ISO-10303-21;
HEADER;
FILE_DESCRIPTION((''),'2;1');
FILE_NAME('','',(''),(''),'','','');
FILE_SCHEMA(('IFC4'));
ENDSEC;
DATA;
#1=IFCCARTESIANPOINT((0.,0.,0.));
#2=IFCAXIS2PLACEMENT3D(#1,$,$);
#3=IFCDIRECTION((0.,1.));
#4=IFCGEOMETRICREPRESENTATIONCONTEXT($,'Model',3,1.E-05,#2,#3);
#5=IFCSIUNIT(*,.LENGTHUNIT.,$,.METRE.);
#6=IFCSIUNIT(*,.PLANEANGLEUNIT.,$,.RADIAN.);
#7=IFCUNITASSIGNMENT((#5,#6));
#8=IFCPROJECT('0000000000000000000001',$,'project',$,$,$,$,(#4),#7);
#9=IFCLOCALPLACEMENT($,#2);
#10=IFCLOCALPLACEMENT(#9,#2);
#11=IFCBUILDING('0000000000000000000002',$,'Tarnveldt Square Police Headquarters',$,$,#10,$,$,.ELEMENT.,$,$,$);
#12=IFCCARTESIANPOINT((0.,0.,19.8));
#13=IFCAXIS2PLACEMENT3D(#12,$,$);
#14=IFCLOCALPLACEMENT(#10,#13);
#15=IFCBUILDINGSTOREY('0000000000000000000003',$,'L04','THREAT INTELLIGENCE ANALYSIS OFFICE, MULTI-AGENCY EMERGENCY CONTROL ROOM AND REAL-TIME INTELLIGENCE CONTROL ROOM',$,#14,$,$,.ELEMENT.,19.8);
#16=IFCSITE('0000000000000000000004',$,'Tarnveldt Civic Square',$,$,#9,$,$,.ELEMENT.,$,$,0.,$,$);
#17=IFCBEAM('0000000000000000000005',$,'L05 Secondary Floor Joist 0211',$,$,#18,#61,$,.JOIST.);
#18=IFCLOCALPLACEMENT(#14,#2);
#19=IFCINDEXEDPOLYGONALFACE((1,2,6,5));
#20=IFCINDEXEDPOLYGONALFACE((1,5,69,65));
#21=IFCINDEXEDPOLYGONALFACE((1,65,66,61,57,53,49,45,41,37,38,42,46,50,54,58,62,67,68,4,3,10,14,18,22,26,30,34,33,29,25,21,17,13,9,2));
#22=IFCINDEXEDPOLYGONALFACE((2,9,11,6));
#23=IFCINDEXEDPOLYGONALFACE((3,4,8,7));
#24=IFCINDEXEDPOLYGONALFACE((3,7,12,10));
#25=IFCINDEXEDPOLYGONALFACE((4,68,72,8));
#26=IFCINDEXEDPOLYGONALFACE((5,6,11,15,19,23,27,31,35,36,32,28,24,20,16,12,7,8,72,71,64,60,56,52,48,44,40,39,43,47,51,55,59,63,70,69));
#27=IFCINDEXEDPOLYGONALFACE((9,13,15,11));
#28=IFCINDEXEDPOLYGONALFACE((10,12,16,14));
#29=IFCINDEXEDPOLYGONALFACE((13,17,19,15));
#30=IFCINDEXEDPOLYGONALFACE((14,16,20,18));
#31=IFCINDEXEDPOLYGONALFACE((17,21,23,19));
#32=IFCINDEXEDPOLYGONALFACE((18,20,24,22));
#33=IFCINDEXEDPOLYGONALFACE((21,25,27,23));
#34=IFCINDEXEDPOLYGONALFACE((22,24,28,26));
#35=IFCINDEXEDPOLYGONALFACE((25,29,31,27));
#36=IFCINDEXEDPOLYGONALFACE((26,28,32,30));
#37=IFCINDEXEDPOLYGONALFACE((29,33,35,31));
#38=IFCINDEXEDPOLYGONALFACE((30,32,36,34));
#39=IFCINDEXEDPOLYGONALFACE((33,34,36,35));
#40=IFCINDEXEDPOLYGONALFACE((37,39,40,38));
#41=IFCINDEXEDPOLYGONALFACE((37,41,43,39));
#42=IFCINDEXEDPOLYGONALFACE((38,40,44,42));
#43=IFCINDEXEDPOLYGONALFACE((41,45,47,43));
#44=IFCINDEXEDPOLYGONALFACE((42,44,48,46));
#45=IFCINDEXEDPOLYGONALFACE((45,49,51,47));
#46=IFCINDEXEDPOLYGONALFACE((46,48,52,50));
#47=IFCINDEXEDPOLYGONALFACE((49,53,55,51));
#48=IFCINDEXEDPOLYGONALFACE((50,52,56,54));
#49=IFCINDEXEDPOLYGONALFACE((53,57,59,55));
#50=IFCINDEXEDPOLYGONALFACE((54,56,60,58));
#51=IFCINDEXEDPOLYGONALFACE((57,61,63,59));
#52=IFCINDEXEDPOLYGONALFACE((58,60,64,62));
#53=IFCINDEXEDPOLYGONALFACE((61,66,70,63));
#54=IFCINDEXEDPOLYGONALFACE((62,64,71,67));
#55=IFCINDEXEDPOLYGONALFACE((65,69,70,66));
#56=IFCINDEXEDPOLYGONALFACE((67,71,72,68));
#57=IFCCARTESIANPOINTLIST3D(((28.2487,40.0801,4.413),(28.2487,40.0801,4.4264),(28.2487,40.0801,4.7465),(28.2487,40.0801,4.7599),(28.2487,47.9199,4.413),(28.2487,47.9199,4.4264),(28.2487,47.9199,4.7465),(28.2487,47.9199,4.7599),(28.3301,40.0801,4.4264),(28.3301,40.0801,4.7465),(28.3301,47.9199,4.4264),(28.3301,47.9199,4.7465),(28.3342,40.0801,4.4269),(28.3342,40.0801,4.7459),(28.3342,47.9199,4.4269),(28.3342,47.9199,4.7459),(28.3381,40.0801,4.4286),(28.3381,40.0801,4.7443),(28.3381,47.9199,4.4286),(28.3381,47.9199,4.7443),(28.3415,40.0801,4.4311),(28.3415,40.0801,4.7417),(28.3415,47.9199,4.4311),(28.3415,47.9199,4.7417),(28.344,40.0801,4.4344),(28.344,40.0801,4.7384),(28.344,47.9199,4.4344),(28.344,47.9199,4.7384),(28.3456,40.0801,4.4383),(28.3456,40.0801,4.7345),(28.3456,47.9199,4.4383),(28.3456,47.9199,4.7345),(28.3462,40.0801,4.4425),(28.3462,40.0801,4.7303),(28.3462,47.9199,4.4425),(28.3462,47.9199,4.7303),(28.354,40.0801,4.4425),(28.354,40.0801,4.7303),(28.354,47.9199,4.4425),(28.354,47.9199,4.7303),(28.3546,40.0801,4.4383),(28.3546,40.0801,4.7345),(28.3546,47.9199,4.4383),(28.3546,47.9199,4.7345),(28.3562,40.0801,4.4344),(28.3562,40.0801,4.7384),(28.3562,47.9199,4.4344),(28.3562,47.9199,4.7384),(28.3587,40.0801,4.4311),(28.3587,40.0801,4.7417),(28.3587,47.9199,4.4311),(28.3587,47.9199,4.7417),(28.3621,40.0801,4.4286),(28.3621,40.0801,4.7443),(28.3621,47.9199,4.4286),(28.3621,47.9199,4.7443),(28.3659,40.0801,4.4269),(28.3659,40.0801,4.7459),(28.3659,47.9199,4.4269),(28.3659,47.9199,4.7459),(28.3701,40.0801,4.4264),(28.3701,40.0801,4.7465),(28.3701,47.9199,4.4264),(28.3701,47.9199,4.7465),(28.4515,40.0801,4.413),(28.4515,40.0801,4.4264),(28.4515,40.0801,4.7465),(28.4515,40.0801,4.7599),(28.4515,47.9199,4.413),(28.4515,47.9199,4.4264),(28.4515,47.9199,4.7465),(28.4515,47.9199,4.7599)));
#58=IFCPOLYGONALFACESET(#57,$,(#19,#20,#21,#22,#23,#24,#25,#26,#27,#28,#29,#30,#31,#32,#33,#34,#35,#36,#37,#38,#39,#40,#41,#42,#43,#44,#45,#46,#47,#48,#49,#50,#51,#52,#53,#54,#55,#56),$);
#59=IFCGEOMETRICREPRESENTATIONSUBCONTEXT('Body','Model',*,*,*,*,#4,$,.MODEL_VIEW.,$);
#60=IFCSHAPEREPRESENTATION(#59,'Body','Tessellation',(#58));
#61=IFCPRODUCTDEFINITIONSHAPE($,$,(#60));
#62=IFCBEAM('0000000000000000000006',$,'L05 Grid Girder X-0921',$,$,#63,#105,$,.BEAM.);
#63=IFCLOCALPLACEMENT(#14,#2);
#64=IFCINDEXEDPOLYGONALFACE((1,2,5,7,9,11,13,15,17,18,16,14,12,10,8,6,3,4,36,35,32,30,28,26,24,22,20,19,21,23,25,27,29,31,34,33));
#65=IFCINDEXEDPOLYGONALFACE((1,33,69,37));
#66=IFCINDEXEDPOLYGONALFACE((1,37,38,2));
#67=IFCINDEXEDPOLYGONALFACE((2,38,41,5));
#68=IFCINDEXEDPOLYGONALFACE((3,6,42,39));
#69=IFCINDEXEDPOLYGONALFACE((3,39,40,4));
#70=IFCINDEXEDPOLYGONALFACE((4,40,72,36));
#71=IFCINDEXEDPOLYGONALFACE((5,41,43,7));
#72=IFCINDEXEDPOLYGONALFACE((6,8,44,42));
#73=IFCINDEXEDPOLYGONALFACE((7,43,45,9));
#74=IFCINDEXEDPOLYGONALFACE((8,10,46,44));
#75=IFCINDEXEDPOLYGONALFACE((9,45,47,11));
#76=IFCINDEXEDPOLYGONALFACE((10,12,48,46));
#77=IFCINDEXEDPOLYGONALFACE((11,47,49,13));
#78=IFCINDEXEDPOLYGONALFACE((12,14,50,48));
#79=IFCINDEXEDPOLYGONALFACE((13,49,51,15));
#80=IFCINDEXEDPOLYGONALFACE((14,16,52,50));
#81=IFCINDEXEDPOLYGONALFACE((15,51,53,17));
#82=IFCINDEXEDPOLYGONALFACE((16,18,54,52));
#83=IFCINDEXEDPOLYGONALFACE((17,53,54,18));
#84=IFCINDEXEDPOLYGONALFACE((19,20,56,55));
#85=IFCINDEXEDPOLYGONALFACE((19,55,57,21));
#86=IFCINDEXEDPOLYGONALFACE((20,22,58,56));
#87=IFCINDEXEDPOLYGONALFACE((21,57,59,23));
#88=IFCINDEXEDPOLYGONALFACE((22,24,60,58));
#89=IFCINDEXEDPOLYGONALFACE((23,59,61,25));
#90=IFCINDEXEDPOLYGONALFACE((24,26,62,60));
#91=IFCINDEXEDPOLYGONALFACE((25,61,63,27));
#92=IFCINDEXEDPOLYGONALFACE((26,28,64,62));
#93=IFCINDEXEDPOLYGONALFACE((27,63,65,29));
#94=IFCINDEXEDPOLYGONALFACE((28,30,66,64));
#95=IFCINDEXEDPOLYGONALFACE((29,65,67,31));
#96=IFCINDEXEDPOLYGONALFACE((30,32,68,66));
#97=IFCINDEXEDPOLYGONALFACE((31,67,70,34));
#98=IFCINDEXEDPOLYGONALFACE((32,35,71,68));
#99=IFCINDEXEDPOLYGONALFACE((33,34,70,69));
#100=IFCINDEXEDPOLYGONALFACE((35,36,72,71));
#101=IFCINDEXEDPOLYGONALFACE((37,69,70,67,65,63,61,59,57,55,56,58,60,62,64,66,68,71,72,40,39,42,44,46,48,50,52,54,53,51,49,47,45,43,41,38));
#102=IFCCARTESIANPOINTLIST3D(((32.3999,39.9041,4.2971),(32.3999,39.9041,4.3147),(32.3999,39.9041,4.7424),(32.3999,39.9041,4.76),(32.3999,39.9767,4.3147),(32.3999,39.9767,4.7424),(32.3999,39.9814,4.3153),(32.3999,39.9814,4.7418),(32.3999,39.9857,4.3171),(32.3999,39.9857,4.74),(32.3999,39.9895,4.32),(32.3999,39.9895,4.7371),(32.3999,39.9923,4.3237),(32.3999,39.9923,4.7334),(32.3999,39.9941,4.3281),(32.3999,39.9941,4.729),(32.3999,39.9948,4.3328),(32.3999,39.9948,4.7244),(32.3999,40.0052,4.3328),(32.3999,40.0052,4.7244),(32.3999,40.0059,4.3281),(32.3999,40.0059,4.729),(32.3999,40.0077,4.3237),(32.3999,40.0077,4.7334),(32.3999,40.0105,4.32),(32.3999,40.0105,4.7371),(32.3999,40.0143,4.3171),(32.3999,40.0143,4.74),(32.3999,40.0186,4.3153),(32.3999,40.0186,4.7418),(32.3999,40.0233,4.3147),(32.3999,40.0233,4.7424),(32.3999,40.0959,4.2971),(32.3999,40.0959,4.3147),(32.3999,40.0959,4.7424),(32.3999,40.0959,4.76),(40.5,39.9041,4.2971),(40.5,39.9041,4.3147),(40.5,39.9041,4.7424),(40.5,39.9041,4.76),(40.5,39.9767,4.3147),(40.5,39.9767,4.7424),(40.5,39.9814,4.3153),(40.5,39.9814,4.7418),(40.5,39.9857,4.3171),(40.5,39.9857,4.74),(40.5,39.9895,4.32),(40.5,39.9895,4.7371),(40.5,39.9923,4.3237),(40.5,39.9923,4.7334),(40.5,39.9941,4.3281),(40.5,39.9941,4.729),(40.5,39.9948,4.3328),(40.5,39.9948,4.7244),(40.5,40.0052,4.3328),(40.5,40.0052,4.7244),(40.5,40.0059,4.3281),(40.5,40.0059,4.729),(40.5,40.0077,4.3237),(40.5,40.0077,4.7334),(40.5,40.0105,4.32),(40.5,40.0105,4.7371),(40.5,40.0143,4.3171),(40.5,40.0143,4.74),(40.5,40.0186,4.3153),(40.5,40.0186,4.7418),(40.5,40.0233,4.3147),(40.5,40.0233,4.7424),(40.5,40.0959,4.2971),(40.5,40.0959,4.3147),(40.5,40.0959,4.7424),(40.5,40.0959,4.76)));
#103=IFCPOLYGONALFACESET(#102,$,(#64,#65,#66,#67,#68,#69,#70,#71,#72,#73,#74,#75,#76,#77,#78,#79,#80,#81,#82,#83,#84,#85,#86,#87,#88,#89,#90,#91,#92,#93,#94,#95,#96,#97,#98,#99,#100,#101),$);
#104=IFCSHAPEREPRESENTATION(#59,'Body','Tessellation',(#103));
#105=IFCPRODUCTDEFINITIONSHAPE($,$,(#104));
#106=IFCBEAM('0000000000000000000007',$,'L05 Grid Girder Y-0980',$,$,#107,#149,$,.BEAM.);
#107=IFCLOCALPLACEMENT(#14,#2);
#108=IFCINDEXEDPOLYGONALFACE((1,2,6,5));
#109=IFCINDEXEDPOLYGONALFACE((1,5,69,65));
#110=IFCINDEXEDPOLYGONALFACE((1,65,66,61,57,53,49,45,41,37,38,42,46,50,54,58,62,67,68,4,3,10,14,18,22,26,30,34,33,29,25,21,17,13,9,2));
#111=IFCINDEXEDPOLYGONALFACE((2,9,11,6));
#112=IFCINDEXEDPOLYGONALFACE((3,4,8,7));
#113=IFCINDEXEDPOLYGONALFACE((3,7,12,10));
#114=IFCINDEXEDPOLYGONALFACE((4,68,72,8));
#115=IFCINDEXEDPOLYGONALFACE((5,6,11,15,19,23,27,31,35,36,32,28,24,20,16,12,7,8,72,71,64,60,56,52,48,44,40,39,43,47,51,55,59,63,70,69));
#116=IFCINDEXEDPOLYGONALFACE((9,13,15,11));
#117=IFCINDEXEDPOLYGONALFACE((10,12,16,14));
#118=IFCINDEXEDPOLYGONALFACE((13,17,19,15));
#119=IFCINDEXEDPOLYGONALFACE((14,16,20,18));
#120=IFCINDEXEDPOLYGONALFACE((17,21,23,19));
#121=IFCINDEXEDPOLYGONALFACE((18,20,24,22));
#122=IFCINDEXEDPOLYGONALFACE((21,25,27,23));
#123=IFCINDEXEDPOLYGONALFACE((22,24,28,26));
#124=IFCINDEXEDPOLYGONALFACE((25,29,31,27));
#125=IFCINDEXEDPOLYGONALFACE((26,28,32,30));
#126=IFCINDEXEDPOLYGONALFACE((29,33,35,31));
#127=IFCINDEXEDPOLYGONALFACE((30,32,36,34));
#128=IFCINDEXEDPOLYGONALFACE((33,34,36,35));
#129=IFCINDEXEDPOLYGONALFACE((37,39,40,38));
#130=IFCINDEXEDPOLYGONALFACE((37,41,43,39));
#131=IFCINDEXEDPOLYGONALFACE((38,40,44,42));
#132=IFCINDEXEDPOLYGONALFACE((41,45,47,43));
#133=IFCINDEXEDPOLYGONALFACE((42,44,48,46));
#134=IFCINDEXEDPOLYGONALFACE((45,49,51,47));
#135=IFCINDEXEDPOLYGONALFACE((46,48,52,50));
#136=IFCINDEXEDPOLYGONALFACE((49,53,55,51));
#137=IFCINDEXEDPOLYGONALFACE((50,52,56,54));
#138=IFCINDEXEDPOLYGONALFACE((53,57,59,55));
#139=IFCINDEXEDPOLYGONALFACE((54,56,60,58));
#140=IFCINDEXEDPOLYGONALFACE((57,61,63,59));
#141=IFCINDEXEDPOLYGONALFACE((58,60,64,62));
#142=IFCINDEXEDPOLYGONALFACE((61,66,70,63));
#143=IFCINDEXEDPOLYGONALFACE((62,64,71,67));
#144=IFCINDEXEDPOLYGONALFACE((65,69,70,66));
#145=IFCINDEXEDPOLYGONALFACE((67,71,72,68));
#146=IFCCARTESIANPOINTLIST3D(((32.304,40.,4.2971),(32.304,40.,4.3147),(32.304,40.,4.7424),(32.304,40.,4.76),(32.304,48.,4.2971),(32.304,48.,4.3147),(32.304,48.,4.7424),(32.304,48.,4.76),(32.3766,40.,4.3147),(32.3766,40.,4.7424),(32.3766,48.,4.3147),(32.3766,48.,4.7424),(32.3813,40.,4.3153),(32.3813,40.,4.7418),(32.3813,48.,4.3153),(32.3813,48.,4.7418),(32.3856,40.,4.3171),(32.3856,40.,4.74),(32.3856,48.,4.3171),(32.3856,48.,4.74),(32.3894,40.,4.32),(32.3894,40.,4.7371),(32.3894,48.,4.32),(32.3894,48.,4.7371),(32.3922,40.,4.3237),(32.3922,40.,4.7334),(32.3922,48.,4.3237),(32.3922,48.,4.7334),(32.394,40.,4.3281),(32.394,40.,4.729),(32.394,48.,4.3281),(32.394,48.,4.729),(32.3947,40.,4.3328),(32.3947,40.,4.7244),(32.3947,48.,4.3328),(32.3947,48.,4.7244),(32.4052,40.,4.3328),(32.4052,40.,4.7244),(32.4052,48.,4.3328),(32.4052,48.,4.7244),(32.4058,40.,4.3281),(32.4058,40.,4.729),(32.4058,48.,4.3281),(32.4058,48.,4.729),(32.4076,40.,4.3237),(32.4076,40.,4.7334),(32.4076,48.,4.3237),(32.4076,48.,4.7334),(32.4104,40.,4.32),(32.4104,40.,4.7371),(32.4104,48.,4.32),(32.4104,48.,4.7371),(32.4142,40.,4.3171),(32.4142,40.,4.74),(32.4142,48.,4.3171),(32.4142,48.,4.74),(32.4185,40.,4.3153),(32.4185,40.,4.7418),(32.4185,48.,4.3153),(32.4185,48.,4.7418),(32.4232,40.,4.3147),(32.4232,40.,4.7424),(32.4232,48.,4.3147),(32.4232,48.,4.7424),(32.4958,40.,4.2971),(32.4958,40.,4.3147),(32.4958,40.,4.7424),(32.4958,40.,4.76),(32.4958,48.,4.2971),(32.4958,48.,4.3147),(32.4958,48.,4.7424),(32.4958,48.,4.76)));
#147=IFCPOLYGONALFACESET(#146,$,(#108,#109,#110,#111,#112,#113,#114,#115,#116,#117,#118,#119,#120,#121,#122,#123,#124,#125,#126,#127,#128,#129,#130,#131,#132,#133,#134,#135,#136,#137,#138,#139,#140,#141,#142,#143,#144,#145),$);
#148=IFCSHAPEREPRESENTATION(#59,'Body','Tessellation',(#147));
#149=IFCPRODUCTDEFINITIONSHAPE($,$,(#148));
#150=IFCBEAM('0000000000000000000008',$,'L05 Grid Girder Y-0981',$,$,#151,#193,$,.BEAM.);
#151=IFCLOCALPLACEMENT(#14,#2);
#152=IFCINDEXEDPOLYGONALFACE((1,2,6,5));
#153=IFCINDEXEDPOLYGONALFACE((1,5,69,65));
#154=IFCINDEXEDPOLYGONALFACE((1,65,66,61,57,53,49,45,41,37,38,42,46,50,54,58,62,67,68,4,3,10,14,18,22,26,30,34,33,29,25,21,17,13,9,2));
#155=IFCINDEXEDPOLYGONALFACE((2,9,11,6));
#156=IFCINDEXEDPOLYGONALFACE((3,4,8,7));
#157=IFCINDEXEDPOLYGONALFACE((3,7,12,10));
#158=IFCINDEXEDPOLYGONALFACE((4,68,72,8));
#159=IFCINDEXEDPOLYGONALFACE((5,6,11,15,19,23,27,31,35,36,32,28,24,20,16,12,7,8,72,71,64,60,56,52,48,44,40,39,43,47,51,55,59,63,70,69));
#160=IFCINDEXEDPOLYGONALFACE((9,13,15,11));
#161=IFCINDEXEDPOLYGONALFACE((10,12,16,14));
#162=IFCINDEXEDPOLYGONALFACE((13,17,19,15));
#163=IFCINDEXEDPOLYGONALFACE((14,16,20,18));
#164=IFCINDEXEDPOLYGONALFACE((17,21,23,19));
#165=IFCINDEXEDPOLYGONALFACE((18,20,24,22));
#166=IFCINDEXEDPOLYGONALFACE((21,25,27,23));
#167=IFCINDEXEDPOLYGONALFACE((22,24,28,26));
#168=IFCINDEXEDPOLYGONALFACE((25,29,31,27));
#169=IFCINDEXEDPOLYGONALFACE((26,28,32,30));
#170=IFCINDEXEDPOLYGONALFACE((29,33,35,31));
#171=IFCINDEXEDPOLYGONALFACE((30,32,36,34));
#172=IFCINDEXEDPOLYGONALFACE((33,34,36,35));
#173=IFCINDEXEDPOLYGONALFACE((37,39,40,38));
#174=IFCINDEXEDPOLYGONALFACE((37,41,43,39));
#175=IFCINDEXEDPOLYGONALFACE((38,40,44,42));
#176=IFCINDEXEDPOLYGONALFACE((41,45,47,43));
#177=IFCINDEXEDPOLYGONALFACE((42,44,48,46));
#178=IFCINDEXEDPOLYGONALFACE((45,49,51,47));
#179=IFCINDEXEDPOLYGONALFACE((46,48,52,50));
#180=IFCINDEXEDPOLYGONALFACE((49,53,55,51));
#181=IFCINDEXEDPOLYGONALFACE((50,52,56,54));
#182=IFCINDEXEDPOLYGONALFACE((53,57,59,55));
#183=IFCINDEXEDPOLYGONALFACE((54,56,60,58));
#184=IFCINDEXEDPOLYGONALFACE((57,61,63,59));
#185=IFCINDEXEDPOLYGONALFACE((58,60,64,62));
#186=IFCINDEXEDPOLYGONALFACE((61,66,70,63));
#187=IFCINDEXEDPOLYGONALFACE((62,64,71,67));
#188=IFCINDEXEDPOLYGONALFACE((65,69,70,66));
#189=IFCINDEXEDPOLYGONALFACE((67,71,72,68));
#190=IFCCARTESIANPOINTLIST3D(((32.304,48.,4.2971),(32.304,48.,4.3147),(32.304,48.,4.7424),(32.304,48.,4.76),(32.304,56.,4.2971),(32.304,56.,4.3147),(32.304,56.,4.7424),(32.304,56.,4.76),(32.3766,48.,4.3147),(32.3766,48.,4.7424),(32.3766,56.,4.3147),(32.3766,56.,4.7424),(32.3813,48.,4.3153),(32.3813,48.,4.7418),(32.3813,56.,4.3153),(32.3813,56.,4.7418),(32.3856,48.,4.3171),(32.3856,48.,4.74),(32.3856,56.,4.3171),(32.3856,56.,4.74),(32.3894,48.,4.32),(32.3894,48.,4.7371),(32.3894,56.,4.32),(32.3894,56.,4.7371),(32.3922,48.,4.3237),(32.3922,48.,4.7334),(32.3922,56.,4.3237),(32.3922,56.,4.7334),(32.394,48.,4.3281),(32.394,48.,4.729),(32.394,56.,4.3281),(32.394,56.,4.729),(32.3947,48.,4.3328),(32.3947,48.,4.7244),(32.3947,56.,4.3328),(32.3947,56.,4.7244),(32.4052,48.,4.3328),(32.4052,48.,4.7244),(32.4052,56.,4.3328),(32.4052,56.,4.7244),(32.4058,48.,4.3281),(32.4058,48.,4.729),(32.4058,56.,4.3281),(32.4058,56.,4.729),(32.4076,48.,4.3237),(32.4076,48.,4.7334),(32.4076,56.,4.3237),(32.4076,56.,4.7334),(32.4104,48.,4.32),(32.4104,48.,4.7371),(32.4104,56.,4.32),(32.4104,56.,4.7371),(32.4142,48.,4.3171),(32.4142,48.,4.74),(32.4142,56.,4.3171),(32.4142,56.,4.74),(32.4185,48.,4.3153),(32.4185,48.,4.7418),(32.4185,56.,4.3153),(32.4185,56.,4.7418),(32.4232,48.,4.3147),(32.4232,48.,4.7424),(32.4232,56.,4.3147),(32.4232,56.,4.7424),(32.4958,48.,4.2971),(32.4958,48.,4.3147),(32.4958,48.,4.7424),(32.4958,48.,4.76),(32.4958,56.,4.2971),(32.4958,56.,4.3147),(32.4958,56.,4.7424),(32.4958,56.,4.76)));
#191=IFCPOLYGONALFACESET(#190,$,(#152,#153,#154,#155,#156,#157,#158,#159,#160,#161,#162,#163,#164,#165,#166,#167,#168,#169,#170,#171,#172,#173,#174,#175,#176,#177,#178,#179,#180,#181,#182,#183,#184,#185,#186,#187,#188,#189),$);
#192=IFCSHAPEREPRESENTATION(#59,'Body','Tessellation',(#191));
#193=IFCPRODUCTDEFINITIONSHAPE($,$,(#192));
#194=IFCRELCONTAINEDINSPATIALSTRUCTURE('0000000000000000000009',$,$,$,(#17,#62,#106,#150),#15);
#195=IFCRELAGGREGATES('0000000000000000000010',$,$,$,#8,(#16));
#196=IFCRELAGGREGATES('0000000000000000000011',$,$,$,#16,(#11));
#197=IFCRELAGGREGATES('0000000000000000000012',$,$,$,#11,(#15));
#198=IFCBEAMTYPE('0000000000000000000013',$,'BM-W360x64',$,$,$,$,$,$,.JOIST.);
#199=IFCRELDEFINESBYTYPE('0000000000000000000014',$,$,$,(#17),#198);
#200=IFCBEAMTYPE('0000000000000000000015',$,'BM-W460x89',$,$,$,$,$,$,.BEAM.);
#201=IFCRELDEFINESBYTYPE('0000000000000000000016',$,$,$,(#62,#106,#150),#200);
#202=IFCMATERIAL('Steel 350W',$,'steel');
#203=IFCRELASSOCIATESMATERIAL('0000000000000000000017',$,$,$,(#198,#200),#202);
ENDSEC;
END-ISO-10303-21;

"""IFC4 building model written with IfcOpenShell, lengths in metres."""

from ifc_helpers import new_model, si_unit, direction, frame, origin, origin_2d, place, context, subcontext, project, spatial, i_section, extrude, material, material_profile, profile_set, type_object, element, save


model = new_model("IFC4")

# Units and contexts
model_context = context("Model", 3, precision=1e-05, world=origin(), true_north=direction((0.0, 1.0)))
body_context = subcontext(model_context, "Body", "Model", "MODEL_VIEW")
ifc_project = project(units=[si_unit("LENGTHUNIT", "METRE"), si_unit("PLANEANGLEUNIT", "RADIAN")], contexts=[model_context])

# Site, building, storey
site_placement = place(None, origin())
site = spatial("IfcSite", under=ifc_project, at=site_placement, Name="Tarnveldt Civic Square", CompositionType="ELEMENT", RefElevation=0.0)
building_placement = place(site_placement, origin())
building = spatial("IfcBuilding", under=site, at=building_placement, Name="Tarnveldt Square Police Headquarters", CompositionType="ELEMENT")
storey_placement = place(building_placement, frame((0.0, 0.0, 19.8)))
storey = spatial("IfcBuildingStorey", under=building, at=storey_placement, Name="L04", Description="THREAT INTELLIGENCE ANALYSIS OFFICE, MULTI-AGENCY EMERGENCY CONTROL ROOM AND REAL-TIME INTELLIGENCE CONTROL ROOM", CompositionType="ELEMENT", Elevation=19.8)

# Shared definitions
ifc_material_1 = material(Name="Steel 350W", Category="steel")

# Beams
ifc_material_profile_1 = material_profile(ifc_material_1, i_section(OverallWidth=0.2029, OverallDepth=0.3469, WebThickness=0.0078, FlangeThickness=0.0134, FilletRadius=0.0161, at=origin_2d()), Name="W360x64")
ifc_profile_set_1 = profile_set([ifc_material_profile_1], Name="Steel 350W")
beam_type_1 = type_object("IfcBeamType", Name="BM-W360x64", PredefinedType="JOIST", material=ifc_profile_set_1)
beam_1_placement = place(storey_placement, frame((28.3501, 40.0801, 4.5864), z_axis=(0.0, 1.0, 0.0), x_axis=(-1.0, 0.0, 0.0)))
element("IfcBeam", 1, at=beam_1_placement, inside=storey, type_object=beam_type_1, Name="L05 Secondary Floor Joist 0211", PredefinedType="JOIST", context=body_context, shape_type="SweptSolid", body=[
    extrude(i_section(OverallWidth=0.2029, OverallDepth=0.3469, WebThickness=0.0078, FlangeThickness=0.0134, FilletRadius=0.0161, at=origin_2d()), origin(), (0.0, 0.0, 1.0), 7.8398),
])
ifc_material_profile_2 = material_profile(ifc_material_1, i_section(OverallWidth=0.1919, OverallDepth=0.4629, WebThickness=0.0105, FlangeThickness=0.0176, FilletRadius=0.0181, at=origin_2d()), Name="W460x89")
ifc_profile_set_2 = profile_set([ifc_material_profile_2], Name="Steel 350W")
beam_type_2 = type_object("IfcBeamType", Name="BM-W460x89", PredefinedType="BEAM", material=ifc_profile_set_2)
beam_2_placement = place(storey_placement, frame((32.3999, 40.0, 4.5286), z_axis=(1.0, 0.0, 0.0), x_axis=(0.0, 1.0, 0.0)))
element("IfcBeam", 2, at=beam_2_placement, inside=storey, type_object=beam_type_2, Name="L05 Grid Girder X-0921", PredefinedType="BEAM", context=body_context, shape_type="SweptSolid", body=[
    extrude(i_section(OverallWidth=0.1919, OverallDepth=0.4629, WebThickness=0.0105, FlangeThickness=0.0176, FilletRadius=0.0181, at=origin_2d()), origin(), (0.0, 0.0, 1.0), 8.1001),
])
for number, where, z_axis, x_axis, name in (
    (3, (32.3999, 40.0, 4.5286), (0.0, 1.0, 0.0), (-1.0, 0.0, 0.0), "L05 Grid Girder Y-0980"),
    (4, (32.3999, 48.0, 4.5286), (0.0, 1.0, 0.0), (-1.0, 0.0, 0.0), "L05 Grid Girder Y-0981"),
):
    element("IfcBeam", number, at=place(storey_placement, frame(where, z_axis=z_axis, x_axis=x_axis)), inside=storey, type_object=beam_type_2, Name=name, PredefinedType="BEAM", context=body_context, shape_type="SweptSolid", body=[
        extrude(i_section(OverallWidth=0.1919, OverallDepth=0.4629, WebThickness=0.0105, FlangeThickness=0.0176, FilletRadius=0.0181, at=origin_2d()), origin(), (0.0, 0.0, 1.0), 8.0),
    ])

save(model, "model.ifc")
